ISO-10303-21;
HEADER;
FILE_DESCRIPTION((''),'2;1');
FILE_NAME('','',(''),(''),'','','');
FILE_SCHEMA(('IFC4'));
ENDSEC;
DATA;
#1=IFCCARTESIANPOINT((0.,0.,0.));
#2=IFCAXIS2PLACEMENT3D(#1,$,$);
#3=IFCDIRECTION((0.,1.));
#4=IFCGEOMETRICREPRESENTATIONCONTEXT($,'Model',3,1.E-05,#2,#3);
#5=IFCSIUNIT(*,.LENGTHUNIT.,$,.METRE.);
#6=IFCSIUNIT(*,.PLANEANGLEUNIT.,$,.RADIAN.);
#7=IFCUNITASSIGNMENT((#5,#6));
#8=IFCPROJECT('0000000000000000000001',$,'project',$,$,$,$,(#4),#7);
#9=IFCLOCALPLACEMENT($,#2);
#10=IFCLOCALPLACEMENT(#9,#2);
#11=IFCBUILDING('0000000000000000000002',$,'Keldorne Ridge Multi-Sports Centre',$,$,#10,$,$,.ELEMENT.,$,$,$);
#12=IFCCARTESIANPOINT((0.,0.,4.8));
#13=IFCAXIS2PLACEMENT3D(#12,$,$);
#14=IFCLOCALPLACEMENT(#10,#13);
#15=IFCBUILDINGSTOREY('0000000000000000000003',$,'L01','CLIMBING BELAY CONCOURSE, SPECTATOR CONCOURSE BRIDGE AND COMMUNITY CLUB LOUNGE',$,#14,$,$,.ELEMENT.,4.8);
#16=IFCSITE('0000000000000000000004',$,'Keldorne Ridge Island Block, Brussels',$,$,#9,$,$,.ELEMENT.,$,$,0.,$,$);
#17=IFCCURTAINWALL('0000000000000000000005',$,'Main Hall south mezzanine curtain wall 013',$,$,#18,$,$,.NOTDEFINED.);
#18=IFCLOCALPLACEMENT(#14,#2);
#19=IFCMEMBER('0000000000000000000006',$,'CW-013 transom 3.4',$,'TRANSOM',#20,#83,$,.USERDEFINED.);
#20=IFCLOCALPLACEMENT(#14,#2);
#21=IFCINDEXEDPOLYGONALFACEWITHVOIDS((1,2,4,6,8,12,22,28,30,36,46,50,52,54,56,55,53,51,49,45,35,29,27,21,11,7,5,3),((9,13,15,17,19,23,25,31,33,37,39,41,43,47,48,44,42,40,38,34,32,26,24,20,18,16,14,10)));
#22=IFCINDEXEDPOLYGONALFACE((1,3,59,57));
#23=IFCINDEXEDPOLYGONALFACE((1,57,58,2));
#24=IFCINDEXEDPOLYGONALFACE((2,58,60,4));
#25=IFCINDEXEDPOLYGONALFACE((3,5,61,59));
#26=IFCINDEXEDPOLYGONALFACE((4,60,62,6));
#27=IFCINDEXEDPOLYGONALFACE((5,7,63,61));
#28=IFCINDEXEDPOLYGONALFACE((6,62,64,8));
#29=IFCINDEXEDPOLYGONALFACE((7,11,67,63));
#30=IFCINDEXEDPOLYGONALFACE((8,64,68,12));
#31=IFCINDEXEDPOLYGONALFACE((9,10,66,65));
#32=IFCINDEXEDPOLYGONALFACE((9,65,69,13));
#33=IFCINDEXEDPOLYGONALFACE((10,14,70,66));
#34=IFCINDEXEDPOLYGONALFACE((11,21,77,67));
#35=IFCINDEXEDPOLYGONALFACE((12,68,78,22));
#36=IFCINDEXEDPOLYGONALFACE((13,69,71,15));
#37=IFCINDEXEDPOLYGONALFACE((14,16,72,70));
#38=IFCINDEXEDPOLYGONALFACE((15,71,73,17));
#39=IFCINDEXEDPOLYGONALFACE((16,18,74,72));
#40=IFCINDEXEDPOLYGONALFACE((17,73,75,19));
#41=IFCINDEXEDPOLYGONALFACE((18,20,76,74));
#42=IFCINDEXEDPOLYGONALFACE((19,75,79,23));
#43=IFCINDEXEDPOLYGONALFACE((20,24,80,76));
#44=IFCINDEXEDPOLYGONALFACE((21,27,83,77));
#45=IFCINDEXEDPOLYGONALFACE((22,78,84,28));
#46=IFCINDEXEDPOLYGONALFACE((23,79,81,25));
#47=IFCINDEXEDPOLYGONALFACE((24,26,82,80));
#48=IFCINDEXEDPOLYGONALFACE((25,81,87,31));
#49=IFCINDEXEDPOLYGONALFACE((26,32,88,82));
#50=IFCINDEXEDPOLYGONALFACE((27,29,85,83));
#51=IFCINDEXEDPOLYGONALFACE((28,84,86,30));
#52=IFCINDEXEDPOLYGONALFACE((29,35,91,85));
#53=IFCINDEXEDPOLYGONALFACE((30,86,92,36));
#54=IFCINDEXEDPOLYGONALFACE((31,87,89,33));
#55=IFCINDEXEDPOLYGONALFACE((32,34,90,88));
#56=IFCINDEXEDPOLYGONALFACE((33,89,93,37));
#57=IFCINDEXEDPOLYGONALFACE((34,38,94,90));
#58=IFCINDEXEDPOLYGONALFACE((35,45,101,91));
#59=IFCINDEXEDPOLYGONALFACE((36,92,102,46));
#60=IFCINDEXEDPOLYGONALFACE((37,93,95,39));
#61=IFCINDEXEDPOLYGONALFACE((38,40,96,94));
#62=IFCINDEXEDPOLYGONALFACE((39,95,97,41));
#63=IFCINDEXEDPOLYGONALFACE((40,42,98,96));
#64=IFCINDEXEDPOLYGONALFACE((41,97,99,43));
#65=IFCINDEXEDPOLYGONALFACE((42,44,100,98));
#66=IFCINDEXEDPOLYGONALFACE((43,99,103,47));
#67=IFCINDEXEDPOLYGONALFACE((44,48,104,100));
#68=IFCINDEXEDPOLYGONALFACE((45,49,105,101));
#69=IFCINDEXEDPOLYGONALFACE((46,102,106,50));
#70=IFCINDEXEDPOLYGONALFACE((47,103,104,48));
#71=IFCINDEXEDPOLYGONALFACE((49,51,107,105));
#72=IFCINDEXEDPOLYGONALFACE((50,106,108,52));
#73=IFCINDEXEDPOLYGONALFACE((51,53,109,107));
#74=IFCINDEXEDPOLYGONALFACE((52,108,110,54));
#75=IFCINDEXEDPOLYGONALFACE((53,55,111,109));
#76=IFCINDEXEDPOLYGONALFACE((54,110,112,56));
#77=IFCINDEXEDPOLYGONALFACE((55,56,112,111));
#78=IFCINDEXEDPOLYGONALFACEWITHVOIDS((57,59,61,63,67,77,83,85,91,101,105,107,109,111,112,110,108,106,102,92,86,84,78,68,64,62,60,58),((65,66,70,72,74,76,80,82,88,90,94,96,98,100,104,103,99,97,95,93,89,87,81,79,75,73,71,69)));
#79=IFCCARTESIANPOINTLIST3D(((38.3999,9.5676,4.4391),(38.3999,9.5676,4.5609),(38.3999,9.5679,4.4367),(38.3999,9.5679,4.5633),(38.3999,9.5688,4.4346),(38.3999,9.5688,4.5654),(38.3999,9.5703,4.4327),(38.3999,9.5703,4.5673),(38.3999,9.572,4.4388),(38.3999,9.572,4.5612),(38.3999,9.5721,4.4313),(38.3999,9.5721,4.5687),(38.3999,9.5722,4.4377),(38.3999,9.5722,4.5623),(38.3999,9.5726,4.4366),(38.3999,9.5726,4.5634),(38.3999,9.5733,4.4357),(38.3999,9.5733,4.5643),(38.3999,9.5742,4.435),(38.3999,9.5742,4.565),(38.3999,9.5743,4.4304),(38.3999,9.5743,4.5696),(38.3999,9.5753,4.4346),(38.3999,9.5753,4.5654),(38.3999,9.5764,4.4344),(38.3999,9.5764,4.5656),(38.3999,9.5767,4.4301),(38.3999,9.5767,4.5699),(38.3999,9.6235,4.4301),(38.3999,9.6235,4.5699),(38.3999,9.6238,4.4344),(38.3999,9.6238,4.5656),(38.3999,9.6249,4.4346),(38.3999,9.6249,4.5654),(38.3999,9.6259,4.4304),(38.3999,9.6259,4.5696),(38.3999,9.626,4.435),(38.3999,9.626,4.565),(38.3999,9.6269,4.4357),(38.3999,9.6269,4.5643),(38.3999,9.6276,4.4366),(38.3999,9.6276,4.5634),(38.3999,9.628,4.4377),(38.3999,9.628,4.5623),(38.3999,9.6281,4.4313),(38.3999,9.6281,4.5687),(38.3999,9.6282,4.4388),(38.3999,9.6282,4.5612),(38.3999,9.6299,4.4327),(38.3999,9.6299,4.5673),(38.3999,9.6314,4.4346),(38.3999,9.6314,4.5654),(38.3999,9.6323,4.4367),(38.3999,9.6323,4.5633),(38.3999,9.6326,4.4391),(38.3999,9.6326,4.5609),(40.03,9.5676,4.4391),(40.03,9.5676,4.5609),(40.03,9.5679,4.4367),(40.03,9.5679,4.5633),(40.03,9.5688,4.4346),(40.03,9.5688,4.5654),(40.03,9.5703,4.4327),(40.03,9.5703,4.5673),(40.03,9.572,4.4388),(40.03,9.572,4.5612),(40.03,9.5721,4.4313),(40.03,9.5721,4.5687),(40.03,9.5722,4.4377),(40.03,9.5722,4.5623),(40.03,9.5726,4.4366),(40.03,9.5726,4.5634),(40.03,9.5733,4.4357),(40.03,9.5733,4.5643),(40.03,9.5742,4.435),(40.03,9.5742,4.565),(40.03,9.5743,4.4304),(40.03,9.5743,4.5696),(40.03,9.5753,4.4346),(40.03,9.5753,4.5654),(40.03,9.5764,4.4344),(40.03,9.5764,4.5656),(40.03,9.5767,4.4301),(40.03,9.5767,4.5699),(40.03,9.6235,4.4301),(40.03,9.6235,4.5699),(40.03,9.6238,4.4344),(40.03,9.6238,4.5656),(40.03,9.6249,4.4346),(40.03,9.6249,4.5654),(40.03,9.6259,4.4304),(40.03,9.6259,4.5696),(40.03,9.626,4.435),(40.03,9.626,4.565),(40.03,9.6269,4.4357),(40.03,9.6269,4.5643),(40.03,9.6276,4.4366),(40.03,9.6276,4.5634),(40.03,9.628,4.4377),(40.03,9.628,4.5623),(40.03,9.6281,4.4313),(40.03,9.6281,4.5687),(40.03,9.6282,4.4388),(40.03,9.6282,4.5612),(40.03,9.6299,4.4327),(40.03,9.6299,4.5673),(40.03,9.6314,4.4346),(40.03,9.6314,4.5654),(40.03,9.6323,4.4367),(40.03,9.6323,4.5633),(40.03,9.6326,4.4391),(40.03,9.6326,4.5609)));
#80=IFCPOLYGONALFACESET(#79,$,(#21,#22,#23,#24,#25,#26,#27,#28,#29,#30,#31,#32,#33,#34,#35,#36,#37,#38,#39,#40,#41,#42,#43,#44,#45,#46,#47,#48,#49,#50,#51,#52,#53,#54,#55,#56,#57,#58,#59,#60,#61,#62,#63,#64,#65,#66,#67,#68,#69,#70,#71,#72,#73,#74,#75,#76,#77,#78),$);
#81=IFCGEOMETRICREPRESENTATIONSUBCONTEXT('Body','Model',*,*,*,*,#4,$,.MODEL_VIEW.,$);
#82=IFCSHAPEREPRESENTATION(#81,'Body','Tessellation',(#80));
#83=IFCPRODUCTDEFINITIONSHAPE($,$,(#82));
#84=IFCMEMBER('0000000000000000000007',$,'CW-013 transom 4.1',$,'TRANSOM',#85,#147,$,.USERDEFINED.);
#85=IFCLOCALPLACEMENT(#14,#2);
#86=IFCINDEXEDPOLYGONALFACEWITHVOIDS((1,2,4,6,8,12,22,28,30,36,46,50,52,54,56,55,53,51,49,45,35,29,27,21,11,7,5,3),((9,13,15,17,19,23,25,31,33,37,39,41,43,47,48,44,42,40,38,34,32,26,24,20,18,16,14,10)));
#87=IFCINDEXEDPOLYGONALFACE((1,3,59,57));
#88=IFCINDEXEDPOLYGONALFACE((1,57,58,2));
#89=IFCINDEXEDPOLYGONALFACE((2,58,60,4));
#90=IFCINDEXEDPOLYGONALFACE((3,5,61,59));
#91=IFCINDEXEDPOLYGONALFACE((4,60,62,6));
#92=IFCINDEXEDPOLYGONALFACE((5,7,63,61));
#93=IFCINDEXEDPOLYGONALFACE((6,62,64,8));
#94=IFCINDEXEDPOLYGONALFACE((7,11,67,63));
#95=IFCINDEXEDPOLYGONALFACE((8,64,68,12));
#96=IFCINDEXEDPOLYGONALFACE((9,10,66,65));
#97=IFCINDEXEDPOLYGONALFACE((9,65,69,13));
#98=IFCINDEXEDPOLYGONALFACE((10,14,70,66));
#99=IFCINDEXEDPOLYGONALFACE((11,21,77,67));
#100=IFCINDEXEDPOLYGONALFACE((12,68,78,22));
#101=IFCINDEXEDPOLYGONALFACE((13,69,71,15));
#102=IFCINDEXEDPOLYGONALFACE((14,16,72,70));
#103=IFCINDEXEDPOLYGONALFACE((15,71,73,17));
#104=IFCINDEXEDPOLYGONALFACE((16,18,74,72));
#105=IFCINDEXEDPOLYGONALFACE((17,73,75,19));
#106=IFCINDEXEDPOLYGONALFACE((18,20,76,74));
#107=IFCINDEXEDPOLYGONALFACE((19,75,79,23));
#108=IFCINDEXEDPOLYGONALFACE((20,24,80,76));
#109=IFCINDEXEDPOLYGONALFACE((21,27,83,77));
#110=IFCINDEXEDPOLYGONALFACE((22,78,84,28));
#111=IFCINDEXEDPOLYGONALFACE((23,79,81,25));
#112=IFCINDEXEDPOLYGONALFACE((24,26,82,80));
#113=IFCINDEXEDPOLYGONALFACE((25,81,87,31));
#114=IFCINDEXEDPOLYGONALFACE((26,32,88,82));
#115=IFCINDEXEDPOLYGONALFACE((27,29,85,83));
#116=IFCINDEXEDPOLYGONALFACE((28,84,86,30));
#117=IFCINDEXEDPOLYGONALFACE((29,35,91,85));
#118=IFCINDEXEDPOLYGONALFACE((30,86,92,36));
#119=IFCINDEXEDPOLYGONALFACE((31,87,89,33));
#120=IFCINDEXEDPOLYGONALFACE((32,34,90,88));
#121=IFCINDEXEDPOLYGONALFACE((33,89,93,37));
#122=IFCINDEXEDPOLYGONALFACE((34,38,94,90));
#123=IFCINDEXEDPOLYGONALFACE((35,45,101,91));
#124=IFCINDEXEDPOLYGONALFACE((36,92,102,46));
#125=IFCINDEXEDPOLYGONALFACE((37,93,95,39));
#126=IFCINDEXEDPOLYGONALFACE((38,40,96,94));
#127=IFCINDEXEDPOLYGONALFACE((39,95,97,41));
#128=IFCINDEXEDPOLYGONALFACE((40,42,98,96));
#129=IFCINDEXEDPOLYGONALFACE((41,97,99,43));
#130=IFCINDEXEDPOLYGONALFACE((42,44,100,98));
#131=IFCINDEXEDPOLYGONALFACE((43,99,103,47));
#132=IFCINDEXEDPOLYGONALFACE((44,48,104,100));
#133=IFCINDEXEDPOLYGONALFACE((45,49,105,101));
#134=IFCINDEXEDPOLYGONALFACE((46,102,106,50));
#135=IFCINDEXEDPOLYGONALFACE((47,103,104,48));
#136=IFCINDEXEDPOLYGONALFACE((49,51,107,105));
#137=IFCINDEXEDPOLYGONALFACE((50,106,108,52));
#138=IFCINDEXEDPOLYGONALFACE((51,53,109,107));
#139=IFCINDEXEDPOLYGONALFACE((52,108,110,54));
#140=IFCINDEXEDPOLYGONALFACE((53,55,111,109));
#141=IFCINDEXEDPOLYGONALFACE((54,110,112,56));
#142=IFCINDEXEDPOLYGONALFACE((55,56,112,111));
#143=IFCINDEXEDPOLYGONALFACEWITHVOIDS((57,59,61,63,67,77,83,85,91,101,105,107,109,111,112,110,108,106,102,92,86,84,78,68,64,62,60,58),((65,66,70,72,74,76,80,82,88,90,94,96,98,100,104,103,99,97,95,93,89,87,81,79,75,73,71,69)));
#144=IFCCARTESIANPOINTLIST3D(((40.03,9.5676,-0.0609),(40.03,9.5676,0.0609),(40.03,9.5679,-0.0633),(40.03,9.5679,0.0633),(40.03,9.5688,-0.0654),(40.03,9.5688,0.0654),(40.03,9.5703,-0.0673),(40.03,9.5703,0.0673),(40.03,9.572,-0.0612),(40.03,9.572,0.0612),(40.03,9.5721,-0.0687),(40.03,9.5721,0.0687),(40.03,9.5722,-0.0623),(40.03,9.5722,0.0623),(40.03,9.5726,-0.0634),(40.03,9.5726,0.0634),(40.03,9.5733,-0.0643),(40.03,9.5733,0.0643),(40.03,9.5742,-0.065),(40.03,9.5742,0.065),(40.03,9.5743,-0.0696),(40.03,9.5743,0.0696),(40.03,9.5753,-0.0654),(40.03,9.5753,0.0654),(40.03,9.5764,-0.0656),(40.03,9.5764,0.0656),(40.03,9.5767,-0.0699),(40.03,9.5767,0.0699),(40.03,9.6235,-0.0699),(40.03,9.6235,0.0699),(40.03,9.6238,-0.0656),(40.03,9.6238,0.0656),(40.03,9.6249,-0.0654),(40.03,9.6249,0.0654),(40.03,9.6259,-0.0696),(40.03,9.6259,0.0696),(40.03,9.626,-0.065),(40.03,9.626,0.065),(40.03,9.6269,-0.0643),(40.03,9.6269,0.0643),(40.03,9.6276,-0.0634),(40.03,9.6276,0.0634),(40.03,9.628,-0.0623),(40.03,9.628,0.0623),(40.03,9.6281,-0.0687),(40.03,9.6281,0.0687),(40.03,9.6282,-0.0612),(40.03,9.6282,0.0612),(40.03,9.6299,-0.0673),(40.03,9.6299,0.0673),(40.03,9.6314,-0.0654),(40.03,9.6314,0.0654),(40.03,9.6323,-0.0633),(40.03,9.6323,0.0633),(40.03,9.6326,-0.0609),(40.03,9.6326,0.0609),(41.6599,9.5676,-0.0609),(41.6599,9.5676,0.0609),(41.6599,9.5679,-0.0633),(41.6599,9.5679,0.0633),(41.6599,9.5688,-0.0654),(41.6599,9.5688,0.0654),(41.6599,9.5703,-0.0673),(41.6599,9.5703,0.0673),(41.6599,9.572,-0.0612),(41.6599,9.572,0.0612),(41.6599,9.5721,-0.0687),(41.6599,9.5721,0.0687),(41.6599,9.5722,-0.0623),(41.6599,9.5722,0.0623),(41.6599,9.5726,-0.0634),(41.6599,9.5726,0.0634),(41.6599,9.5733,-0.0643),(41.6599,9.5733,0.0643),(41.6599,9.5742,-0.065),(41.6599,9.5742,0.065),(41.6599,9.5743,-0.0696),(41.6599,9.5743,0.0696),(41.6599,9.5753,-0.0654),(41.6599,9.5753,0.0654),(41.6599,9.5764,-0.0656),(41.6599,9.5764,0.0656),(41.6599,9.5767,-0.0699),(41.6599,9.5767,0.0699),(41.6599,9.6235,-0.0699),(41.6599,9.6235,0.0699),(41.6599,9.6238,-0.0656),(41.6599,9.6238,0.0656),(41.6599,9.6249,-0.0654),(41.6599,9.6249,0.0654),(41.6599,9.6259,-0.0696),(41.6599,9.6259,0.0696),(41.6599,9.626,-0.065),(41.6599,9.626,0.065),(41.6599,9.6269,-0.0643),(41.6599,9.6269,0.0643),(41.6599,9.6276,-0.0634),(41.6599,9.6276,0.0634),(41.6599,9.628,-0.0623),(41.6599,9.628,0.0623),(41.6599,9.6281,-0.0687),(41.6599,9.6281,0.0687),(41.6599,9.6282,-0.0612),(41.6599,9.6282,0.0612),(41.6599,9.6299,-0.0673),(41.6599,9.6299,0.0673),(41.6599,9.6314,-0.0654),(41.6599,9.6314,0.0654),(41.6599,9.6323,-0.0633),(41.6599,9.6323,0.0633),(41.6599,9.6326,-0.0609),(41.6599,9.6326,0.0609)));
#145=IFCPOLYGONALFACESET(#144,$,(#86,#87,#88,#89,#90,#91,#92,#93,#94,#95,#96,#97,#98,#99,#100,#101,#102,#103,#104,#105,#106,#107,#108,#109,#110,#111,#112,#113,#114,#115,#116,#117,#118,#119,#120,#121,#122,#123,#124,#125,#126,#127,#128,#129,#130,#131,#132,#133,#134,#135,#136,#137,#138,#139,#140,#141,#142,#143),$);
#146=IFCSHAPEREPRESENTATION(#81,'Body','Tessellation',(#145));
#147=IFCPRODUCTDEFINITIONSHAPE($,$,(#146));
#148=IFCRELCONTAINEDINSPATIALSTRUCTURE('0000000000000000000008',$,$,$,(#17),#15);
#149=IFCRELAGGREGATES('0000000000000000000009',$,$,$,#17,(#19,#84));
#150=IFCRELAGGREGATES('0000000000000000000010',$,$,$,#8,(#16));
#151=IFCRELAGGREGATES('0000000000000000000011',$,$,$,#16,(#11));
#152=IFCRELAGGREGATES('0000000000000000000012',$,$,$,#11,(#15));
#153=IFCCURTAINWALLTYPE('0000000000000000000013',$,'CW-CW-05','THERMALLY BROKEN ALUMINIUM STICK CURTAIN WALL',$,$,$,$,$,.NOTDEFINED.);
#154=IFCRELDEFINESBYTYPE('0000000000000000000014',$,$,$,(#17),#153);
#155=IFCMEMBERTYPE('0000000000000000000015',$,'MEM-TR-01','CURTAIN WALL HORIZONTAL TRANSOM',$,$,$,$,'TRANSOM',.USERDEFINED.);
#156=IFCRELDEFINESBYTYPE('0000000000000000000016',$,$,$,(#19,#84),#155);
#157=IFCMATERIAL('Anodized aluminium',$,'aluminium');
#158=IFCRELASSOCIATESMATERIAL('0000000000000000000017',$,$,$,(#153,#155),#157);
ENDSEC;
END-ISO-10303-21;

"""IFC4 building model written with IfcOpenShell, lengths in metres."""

from ifc_helpers import new_model, si_unit, direction, frame, origin, origin_2d, place, context, subcontext, project, spatial, hollow_rectangle, extrude, material, material_profile, profile_set, type_object, element, aggregate, save


model = new_model("IFC4")

# Units and contexts
model_context = context("Model", 3, precision=1e-05, world=origin(), true_north=direction((0.0, 1.0)))
body_context = subcontext(model_context, "Body", "Model", "MODEL_VIEW")
ifc_project = project(units=[si_unit("LENGTHUNIT", "METRE"), si_unit("PLANEANGLEUNIT", "RADIAN")], contexts=[model_context])

# Site, building, storey
site_placement = place(None, origin())
site = spatial("IfcSite", under=ifc_project, at=site_placement, Name="Keldorne Ridge Island Block, Brussels", CompositionType="ELEMENT", RefElevation=0.0)
building_placement = place(site_placement, origin())
building = spatial("IfcBuilding", under=site, at=building_placement, Name="Keldorne Ridge Multi-Sports Centre", CompositionType="ELEMENT")
storey_placement = place(building_placement, frame((0.0, 0.0, 4.8)))
storey = spatial("IfcBuildingStorey", under=building, at=storey_placement, Name="L01", Description="CLIMBING BELAY CONCOURSE, SPECTATOR CONCOURSE BRIDGE AND COMMUNITY CLUB LOUNGE", CompositionType="ELEMENT", Elevation=4.8)

# Curtain wall, members
ifc_material_1 = material(Name="Anodized aluminium", Category="aluminium")
curtain_wall_type = type_object("IfcCurtainWallType", Name="CW-CW-05", Description="THERMALLY BROKEN ALUMINIUM STICK CURTAIN WALL", PredefinedType="NOTDEFINED", material=ifc_material_1)
curtain_wall_placement = place(storey_placement, origin())
curtain_wall = element("IfcCurtainWall", 1, at=curtain_wall_placement, inside=storey, type_object=curtain_wall_type, Name="Main Hall south mezzanine curtain wall 013", PredefinedType="NOTDEFINED")
ifc_material_profile_1 = material_profile(ifc_material_1, hollow_rectangle(XDim=0.0649, YDim=0.1399, WallThickness=0.0044, InnerFilletRadius=0.0044, OuterFilletRadius=0.009, at=origin_2d()), Name="ALU TRANSOM 140x65x4.5")
ifc_profile_set_1 = profile_set([ifc_material_profile_1], Name="Anodized aluminium")
member_type_1 = type_object("IfcMemberType", Name="MEM-TR-01", Description="CURTAIN WALL HORIZONTAL TRANSOM", ElementType="TRANSOM", PredefinedType="USERDEFINED", material=ifc_profile_set_1)
member_1_placement = place(storey_placement, frame((38.3999, 9.6001, 4.5), z_axis=(1.0, 0.0, 0.0), x_axis=(0.0, 1.0, 0.0)))
member_1 = element("IfcMember", 2, at=member_1_placement, type_object=member_type_1, Name="CW-013 transom 3.4", ObjectType="TRANSOM", PredefinedType="USERDEFINED", context=body_context, shape_type="SweptSolid", body=[
    extrude(hollow_rectangle(XDim=0.0649, YDim=0.1399, WallThickness=0.0044, InnerFilletRadius=0.0044, OuterFilletRadius=0.009, at=origin_2d()), origin(), (0.0, 0.0, 1.0), 1.6301),
])
member_2_placement = place(storey_placement, frame((40.03, 9.6001, 0.0), z_axis=(1.0, 0.0, 0.0), x_axis=(0.0, 1.0, 0.0)))
member_2 = element("IfcMember", 3, at=member_2_placement, type_object=member_type_1, Name="CW-013 transom 4.1", ObjectType="TRANSOM", PredefinedType="USERDEFINED", context=body_context, shape_type="SweptSolid", body=[
    extrude(hollow_rectangle(XDim=0.0649, YDim=0.1399, WallThickness=0.0044, InnerFilletRadius=0.0044, OuterFilletRadius=0.009, at=origin_2d()), origin(), (0.0, 0.0, 1.0), 1.6299),
])
aggregate(curtain_wall, [member_1, member_2])

save(model, "model.ifc")
